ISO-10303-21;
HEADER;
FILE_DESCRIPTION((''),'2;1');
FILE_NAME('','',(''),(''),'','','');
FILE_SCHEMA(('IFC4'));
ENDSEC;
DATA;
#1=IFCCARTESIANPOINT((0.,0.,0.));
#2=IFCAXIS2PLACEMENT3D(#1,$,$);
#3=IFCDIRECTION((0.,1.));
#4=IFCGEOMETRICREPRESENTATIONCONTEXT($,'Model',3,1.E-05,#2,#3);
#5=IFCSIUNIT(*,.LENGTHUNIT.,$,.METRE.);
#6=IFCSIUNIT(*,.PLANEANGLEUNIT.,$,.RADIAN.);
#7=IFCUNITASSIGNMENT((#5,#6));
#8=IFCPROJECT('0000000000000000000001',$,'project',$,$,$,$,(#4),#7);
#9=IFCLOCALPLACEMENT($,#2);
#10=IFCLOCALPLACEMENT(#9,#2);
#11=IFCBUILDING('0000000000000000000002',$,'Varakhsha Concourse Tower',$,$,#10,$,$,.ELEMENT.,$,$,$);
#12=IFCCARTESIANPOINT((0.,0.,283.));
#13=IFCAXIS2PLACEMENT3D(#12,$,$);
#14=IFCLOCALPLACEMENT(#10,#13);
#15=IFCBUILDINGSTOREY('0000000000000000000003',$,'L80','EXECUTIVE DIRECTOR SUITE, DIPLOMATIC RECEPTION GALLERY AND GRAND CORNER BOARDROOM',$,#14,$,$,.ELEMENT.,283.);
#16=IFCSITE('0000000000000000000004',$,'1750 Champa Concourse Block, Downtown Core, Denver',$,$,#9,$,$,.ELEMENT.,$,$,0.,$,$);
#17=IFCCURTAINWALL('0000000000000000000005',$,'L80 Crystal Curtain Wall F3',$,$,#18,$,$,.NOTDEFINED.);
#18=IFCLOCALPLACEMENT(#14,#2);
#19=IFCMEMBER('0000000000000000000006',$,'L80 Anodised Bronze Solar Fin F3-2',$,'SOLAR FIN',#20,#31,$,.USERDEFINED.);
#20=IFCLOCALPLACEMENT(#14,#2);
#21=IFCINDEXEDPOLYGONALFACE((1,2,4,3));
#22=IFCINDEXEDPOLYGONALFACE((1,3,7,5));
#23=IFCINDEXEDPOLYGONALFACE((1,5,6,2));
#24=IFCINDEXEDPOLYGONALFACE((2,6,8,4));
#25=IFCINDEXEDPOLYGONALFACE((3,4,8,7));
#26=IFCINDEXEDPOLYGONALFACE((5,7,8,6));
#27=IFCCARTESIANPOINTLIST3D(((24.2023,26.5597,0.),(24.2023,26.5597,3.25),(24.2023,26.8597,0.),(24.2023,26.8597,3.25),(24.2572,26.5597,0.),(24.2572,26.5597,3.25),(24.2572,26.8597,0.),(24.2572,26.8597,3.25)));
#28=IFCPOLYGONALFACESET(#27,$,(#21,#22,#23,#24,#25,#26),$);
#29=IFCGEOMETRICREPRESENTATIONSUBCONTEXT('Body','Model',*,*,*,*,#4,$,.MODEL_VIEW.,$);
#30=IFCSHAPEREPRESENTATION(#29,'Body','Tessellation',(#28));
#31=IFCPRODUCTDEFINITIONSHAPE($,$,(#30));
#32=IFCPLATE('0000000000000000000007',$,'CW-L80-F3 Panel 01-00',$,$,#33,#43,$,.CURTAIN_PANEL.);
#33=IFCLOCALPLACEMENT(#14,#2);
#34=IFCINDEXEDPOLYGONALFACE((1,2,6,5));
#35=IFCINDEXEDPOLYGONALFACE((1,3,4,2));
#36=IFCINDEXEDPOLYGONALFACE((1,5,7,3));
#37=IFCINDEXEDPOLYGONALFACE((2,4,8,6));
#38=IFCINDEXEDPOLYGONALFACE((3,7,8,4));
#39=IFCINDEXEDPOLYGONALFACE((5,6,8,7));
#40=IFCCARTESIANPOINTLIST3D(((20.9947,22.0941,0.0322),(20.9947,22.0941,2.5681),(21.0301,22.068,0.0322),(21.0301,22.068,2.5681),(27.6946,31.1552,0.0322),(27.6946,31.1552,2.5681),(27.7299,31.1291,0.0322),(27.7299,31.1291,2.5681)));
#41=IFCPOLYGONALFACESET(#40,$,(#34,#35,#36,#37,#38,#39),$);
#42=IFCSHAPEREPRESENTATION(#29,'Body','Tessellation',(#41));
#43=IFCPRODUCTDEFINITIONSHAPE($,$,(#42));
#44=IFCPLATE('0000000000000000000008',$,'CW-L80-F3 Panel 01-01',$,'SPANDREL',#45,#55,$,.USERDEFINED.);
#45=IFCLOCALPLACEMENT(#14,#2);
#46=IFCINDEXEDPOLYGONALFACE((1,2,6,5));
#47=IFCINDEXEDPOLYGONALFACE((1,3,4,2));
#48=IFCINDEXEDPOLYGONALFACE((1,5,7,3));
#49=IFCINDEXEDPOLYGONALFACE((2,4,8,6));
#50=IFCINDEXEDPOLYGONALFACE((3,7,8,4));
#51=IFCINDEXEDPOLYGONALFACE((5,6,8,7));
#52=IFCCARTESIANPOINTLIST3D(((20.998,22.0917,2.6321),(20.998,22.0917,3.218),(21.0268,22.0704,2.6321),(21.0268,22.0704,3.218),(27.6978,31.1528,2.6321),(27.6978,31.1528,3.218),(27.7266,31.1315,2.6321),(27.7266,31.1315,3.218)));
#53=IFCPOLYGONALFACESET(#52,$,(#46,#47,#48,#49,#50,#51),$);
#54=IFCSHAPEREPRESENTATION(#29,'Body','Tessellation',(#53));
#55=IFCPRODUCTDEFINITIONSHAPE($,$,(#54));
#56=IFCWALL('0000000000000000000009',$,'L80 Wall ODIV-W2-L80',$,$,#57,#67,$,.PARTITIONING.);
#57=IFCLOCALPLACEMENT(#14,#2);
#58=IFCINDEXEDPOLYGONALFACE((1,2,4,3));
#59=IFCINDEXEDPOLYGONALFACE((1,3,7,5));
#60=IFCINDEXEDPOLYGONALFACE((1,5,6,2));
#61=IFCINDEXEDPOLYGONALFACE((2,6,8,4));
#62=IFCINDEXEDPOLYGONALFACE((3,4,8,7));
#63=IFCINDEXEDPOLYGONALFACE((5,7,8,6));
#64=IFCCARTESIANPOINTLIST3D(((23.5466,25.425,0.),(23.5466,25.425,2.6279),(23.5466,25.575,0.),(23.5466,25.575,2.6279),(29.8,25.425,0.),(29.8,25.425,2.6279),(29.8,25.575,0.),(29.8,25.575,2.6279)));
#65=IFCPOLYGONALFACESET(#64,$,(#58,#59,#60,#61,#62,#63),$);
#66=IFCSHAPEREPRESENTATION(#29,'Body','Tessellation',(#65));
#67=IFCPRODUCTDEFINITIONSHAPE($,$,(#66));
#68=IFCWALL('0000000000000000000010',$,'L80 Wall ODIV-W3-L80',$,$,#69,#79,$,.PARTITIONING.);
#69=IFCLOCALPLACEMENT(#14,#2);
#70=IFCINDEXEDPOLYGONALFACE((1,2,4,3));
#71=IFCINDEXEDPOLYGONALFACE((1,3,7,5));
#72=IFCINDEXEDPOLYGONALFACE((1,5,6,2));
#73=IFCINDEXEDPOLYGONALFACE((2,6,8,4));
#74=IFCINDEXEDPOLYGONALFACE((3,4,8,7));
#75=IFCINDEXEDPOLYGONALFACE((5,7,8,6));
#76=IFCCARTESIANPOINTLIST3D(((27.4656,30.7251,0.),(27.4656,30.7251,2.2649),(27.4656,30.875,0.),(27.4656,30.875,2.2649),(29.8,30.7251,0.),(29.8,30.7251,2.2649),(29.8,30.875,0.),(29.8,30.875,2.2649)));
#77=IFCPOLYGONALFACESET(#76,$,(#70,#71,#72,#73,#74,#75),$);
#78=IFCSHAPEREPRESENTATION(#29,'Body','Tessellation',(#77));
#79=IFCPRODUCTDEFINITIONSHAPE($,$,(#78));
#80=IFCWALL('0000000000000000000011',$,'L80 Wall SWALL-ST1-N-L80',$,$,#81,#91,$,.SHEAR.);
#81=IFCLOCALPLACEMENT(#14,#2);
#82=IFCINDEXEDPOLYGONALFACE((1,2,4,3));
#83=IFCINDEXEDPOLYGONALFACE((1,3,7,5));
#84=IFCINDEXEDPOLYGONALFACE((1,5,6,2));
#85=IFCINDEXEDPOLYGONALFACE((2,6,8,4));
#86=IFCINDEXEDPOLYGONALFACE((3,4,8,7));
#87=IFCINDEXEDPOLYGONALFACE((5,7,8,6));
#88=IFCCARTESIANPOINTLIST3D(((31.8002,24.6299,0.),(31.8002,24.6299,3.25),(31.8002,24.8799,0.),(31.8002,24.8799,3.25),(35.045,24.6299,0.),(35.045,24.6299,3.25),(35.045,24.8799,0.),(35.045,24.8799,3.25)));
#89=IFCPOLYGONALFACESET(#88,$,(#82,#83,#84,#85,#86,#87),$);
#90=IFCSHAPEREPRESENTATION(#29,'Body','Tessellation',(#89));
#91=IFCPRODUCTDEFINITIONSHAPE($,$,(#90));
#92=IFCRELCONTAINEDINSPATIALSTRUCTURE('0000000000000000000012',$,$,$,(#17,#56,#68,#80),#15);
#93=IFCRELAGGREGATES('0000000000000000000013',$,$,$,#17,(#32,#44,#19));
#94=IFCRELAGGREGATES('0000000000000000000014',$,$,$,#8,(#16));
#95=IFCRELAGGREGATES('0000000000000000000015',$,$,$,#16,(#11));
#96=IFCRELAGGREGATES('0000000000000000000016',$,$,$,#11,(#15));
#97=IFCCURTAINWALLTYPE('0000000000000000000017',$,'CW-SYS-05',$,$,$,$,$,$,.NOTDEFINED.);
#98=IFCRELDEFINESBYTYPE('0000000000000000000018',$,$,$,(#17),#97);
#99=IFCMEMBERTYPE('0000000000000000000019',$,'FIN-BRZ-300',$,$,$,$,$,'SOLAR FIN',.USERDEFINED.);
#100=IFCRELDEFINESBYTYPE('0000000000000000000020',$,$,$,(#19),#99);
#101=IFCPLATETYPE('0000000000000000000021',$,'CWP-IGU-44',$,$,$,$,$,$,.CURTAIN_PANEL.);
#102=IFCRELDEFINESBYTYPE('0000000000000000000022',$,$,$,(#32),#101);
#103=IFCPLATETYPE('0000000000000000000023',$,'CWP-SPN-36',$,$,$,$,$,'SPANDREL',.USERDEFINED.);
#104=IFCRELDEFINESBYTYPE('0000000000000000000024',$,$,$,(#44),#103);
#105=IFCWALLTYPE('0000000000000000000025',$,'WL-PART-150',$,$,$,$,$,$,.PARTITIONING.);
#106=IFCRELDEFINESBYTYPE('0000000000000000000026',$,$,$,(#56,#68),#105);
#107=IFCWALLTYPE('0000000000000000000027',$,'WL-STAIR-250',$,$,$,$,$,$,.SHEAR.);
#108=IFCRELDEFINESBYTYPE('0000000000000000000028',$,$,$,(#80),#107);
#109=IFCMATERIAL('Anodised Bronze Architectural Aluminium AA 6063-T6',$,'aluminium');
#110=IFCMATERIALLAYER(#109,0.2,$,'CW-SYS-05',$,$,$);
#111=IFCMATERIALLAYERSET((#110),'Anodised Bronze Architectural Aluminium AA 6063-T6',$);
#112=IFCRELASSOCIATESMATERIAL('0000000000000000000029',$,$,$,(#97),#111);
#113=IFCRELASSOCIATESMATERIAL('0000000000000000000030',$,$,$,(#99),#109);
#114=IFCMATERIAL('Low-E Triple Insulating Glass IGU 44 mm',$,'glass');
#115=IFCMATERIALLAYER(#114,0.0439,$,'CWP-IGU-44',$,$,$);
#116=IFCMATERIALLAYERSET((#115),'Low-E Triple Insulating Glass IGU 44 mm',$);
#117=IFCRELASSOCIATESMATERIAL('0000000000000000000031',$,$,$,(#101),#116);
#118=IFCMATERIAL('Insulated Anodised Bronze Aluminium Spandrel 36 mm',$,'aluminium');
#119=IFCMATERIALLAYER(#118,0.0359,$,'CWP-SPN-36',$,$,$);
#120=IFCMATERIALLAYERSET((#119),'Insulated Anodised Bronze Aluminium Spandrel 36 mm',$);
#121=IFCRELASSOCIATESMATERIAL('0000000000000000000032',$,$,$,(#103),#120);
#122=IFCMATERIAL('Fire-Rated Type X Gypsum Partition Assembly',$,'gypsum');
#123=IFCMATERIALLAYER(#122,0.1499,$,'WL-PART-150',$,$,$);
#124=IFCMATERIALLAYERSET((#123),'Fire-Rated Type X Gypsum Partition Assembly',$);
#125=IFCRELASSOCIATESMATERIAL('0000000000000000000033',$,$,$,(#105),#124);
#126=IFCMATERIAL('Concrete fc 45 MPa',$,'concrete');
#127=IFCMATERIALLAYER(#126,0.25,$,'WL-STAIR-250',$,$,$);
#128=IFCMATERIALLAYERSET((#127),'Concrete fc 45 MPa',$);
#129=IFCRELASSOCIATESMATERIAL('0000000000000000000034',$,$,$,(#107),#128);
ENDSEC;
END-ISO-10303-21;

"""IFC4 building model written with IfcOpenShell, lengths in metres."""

from ifc_helpers import new_model, si_unit, direction, frame, frame_2d, origin, origin_2d, place, context, subcontext, project, spatial, rectangle, extrude, source, transform, mapped, material, layer, layer_set, material_profile, profile_set, type_object, type_shapes, element, aggregate, save


model = new_model("IFC4")

# Units and contexts
model_context = context("Model", 3, precision=1e-05, world=origin(), true_north=direction((0.0, 1.0)))
body_context = subcontext(model_context, "Body", "Model", "MODEL_VIEW")
ifc_project = project(units=[si_unit("LENGTHUNIT", "METRE"), si_unit("PLANEANGLEUNIT", "RADIAN")], contexts=[model_context])

# Site, building, storey
site_placement = place(None, origin())
site = spatial("IfcSite", under=ifc_project, at=site_placement, Name="1750 Champa Concourse Block, Downtown Core, Denver", CompositionType="ELEMENT", RefElevation=0.0)
building_placement = place(site_placement, origin())
building = spatial("IfcBuilding", under=site, at=building_placement, Name="Varakhsha Concourse Tower", CompositionType="ELEMENT")
storey_placement = place(building_placement, frame((0.0, 0.0, 283.0)))
storey = spatial("IfcBuildingStorey", under=building, at=storey_placement, Name="L80", Description="EXECUTIVE DIRECTOR SUITE, DIPLOMATIC RECEPTION GALLERY AND GRAND CORNER BOARDROOM", CompositionType="ELEMENT", Elevation=283.0)

# Curtain wall, member, plates
ifc_material_1 = material(Name="Anodised Bronze Architectural Aluminium AA 6063-T6", Category="aluminium")
ifc_layer_1 = layer(ifc_material_1, 0.2, Name="CW-SYS-05")
ifc_layer_set_1 = layer_set([ifc_layer_1], Name="Anodised Bronze Architectural Aluminium AA 6063-T6")
curtain_wall_type = type_object("IfcCurtainWallType", Name="CW-SYS-05", PredefinedType="NOTDEFINED", material=ifc_layer_set_1)
curtain_wall_placement = place(storey_placement, origin())
curtain_wall = element("IfcCurtainWall", 1, at=curtain_wall_placement, inside=storey, type_object=curtain_wall_type, Name="L80 Crystal Curtain Wall F3", PredefinedType="NOTDEFINED")
ifc_material_profile_1 = material_profile(ifc_material_1, rectangle(XDim=0.0549, YDim=0.3, at=origin_2d()), Name="FIN-BRZ-300")
ifc_profile_set_1 = profile_set([ifc_material_profile_1], Name="Anodised Bronze Architectural Aluminium AA 6063-T6")
member_type_1 = type_object("IfcMemberType", Name="FIN-BRZ-300", ElementType="SOLAR FIN", PredefinedType="USERDEFINED", material=ifc_profile_set_1)
shared_shape_1 = source(origin(), body_context, "Body", "SweptSolid", [
    extrude(rectangle(XDim=0.0549, YDim=0.3, at=origin_2d()), origin(), (0.0, 0.0, 1.0), 3.25),
])
type_shapes(member_type_1, [shared_shape_1])
member_1_placement = place(storey_placement, frame((24.2297, 26.7097, 0.0), z_axis=(0.0, 0.0, 1.0), x_axis=(1.0, 0.0, 0.0)))
member_1 = element("IfcMember", 2, at=member_1_placement, type_object=member_type_1, Name="L80 Anodised Bronze Solar Fin F3-2", ObjectType="SOLAR FIN", PredefinedType="USERDEFINED", context=body_context, shape_type="MappedRepresentation", body=[
    mapped(shared_shape_1, transform((0.0, 0.0, 0.0), scale=1.0)),
])
ifc_material_2 = material(Name="Low-E Triple Insulating Glass IGU 44 mm", Category="glass")
ifc_layer_2 = layer(ifc_material_2, 0.0439, Name="CWP-IGU-44")
ifc_layer_set_2 = layer_set([ifc_layer_2], Name="Low-E Triple Insulating Glass IGU 44 mm")
plate_type_1 = type_object("IfcPlateType", Name="CWP-IGU-44", PredefinedType="CURTAIN_PANEL", material=ifc_layer_set_2)
shared_shape_2 = source(origin(), body_context, "Body", "SweptSolid", [
    extrude(rectangle(XDim=11.269, YDim=0.0439, at=origin_2d()), origin(), (0.0, 0.0, 1.0), 2.5359),
])
type_shapes(plate_type_1, [shared_shape_2])
plate_1_placement = place(storey_placement, frame((24.3623, 26.6116, 0.0322), z_axis=(0.0, 0.0, 1.0), x_axis=(0.594534, 0.804071, 0.0)))
plate_1 = element("IfcPlate", 3, at=plate_1_placement, type_object=plate_type_1, Name="CW-L80-F3 Panel 01-00", PredefinedType="CURTAIN_PANEL", context=body_context, shape_type="MappedRepresentation", body=[
    mapped(shared_shape_2, transform((0.0, 0.0, 0.0), scale=1.0)),
])
ifc_material_3 = material(Name="Insulated Anodised Bronze Aluminium Spandrel 36 mm", Category="aluminium")
ifc_layer_3 = layer(ifc_material_3, 0.0359, Name="CWP-SPN-36")
ifc_layer_set_3 = layer_set([ifc_layer_3], Name="Insulated Anodised Bronze Aluminium Spandrel 36 mm")
plate_type_2 = type_object("IfcPlateType", Name="CWP-SPN-36", ElementType="SPANDREL", PredefinedType="USERDEFINED", material=ifc_layer_set_3)
shared_shape_3 = source(origin(), body_context, "Body", "SweptSolid", [
    extrude(rectangle(XDim=11.269, YDim=0.0359, at=origin_2d()), origin(), (0.0, 0.0, 1.0), 0.5859),
])
type_shapes(plate_type_2, [shared_shape_3])
plate_2_placement = place(storey_placement, frame((24.3623, 26.6116, 2.6321), z_axis=(0.0, 0.0, 1.0), x_axis=(0.594534, 0.804071, 0.0)))
plate_2 = element("IfcPlate", 4, at=plate_2_placement, type_object=plate_type_2, Name="CW-L80-F3 Panel 01-01", ObjectType="SPANDREL", PredefinedType="USERDEFINED", context=body_context, shape_type="MappedRepresentation", body=[
    mapped(shared_shape_3, transform((0.0, 0.0, 0.0), scale=1.0)),
])
aggregate(curtain_wall, [plate_1, plate_2, member_1])

# Walls
ifc_material_4 = material(Name="Fire-Rated Type X Gypsum Partition Assembly", Category="gypsum")
ifc_layer_4 = layer(ifc_material_4, 0.1499, Name="WL-PART-150")
ifc_layer_set_4 = layer_set([ifc_layer_4], Name="Fire-Rated Type X Gypsum Partition Assembly")
wall_type_1 = type_object("IfcWallType", Name="WL-PART-150", PredefinedType="PARTITIONING", material=ifc_layer_set_4)
wall_1_placement = place(storey_placement, frame((23.5466, 25.5, 0.0), z_axis=(0.0, 0.0, 1.0), x_axis=(1.0, 0.0, 0.0)))
element("IfcWall", 5, at=wall_1_placement, inside=storey, type_object=wall_type_1, Name="L80 Wall ODIV-W2-L80", PredefinedType="PARTITIONING", context=body_context, shape_type="SweptSolid", body=[
    extrude(rectangle(XDim=6.2534, YDim=0.1499, at=frame_2d((3.1267, 0.0))), origin(), (0.0, 0.0, 1.0), 2.6279),
])
wall_2_placement = place(storey_placement, frame((27.4656, 30.8, 0.0), z_axis=(0.0, 0.0, 1.0), x_axis=(1.0, 0.0, 0.0)))
element("IfcWall", 6, at=wall_2_placement, inside=storey, type_object=wall_type_1, Name="L80 Wall ODIV-W3-L80", PredefinedType="PARTITIONING", context=body_context, shape_type="SweptSolid", body=[
    extrude(rectangle(XDim=2.3345, YDim=0.1499, at=frame_2d((1.1672, 0.0))), origin(), (0.0, 0.0, 1.0), 2.2649),
])

# Wall
ifc_material_5 = material(Name="Concrete fc 45 MPa", Category="concrete")
ifc_layer_5 = layer(ifc_material_5, 0.25, Name="WL-STAIR-250")
ifc_layer_set_5 = layer_set([ifc_layer_5], Name="Concrete fc 45 MPa")
wall_type_2 = type_object("IfcWallType", Name="WL-STAIR-250", PredefinedType="SHEAR", material=ifc_layer_set_5)
wall_3_placement = place(storey_placement, frame((31.8, 24.7549, 0.0), z_axis=(0.0, 0.0, 1.0), x_axis=(1.0, 0.0, 0.0)))
element("IfcWall", 7, at=wall_3_placement, inside=storey, type_object=wall_type_2, Name="L80 Wall SWALL-ST1-N-L80", PredefinedType="SHEAR", context=body_context, shape_type="SweptSolid", body=[
    extrude(rectangle(XDim=3.2449, YDim=0.25, at=frame_2d((1.6226, 0.0))), origin(), (0.0, 0.0, 1.0), 3.25),
])

save(model, "model.ifc")
